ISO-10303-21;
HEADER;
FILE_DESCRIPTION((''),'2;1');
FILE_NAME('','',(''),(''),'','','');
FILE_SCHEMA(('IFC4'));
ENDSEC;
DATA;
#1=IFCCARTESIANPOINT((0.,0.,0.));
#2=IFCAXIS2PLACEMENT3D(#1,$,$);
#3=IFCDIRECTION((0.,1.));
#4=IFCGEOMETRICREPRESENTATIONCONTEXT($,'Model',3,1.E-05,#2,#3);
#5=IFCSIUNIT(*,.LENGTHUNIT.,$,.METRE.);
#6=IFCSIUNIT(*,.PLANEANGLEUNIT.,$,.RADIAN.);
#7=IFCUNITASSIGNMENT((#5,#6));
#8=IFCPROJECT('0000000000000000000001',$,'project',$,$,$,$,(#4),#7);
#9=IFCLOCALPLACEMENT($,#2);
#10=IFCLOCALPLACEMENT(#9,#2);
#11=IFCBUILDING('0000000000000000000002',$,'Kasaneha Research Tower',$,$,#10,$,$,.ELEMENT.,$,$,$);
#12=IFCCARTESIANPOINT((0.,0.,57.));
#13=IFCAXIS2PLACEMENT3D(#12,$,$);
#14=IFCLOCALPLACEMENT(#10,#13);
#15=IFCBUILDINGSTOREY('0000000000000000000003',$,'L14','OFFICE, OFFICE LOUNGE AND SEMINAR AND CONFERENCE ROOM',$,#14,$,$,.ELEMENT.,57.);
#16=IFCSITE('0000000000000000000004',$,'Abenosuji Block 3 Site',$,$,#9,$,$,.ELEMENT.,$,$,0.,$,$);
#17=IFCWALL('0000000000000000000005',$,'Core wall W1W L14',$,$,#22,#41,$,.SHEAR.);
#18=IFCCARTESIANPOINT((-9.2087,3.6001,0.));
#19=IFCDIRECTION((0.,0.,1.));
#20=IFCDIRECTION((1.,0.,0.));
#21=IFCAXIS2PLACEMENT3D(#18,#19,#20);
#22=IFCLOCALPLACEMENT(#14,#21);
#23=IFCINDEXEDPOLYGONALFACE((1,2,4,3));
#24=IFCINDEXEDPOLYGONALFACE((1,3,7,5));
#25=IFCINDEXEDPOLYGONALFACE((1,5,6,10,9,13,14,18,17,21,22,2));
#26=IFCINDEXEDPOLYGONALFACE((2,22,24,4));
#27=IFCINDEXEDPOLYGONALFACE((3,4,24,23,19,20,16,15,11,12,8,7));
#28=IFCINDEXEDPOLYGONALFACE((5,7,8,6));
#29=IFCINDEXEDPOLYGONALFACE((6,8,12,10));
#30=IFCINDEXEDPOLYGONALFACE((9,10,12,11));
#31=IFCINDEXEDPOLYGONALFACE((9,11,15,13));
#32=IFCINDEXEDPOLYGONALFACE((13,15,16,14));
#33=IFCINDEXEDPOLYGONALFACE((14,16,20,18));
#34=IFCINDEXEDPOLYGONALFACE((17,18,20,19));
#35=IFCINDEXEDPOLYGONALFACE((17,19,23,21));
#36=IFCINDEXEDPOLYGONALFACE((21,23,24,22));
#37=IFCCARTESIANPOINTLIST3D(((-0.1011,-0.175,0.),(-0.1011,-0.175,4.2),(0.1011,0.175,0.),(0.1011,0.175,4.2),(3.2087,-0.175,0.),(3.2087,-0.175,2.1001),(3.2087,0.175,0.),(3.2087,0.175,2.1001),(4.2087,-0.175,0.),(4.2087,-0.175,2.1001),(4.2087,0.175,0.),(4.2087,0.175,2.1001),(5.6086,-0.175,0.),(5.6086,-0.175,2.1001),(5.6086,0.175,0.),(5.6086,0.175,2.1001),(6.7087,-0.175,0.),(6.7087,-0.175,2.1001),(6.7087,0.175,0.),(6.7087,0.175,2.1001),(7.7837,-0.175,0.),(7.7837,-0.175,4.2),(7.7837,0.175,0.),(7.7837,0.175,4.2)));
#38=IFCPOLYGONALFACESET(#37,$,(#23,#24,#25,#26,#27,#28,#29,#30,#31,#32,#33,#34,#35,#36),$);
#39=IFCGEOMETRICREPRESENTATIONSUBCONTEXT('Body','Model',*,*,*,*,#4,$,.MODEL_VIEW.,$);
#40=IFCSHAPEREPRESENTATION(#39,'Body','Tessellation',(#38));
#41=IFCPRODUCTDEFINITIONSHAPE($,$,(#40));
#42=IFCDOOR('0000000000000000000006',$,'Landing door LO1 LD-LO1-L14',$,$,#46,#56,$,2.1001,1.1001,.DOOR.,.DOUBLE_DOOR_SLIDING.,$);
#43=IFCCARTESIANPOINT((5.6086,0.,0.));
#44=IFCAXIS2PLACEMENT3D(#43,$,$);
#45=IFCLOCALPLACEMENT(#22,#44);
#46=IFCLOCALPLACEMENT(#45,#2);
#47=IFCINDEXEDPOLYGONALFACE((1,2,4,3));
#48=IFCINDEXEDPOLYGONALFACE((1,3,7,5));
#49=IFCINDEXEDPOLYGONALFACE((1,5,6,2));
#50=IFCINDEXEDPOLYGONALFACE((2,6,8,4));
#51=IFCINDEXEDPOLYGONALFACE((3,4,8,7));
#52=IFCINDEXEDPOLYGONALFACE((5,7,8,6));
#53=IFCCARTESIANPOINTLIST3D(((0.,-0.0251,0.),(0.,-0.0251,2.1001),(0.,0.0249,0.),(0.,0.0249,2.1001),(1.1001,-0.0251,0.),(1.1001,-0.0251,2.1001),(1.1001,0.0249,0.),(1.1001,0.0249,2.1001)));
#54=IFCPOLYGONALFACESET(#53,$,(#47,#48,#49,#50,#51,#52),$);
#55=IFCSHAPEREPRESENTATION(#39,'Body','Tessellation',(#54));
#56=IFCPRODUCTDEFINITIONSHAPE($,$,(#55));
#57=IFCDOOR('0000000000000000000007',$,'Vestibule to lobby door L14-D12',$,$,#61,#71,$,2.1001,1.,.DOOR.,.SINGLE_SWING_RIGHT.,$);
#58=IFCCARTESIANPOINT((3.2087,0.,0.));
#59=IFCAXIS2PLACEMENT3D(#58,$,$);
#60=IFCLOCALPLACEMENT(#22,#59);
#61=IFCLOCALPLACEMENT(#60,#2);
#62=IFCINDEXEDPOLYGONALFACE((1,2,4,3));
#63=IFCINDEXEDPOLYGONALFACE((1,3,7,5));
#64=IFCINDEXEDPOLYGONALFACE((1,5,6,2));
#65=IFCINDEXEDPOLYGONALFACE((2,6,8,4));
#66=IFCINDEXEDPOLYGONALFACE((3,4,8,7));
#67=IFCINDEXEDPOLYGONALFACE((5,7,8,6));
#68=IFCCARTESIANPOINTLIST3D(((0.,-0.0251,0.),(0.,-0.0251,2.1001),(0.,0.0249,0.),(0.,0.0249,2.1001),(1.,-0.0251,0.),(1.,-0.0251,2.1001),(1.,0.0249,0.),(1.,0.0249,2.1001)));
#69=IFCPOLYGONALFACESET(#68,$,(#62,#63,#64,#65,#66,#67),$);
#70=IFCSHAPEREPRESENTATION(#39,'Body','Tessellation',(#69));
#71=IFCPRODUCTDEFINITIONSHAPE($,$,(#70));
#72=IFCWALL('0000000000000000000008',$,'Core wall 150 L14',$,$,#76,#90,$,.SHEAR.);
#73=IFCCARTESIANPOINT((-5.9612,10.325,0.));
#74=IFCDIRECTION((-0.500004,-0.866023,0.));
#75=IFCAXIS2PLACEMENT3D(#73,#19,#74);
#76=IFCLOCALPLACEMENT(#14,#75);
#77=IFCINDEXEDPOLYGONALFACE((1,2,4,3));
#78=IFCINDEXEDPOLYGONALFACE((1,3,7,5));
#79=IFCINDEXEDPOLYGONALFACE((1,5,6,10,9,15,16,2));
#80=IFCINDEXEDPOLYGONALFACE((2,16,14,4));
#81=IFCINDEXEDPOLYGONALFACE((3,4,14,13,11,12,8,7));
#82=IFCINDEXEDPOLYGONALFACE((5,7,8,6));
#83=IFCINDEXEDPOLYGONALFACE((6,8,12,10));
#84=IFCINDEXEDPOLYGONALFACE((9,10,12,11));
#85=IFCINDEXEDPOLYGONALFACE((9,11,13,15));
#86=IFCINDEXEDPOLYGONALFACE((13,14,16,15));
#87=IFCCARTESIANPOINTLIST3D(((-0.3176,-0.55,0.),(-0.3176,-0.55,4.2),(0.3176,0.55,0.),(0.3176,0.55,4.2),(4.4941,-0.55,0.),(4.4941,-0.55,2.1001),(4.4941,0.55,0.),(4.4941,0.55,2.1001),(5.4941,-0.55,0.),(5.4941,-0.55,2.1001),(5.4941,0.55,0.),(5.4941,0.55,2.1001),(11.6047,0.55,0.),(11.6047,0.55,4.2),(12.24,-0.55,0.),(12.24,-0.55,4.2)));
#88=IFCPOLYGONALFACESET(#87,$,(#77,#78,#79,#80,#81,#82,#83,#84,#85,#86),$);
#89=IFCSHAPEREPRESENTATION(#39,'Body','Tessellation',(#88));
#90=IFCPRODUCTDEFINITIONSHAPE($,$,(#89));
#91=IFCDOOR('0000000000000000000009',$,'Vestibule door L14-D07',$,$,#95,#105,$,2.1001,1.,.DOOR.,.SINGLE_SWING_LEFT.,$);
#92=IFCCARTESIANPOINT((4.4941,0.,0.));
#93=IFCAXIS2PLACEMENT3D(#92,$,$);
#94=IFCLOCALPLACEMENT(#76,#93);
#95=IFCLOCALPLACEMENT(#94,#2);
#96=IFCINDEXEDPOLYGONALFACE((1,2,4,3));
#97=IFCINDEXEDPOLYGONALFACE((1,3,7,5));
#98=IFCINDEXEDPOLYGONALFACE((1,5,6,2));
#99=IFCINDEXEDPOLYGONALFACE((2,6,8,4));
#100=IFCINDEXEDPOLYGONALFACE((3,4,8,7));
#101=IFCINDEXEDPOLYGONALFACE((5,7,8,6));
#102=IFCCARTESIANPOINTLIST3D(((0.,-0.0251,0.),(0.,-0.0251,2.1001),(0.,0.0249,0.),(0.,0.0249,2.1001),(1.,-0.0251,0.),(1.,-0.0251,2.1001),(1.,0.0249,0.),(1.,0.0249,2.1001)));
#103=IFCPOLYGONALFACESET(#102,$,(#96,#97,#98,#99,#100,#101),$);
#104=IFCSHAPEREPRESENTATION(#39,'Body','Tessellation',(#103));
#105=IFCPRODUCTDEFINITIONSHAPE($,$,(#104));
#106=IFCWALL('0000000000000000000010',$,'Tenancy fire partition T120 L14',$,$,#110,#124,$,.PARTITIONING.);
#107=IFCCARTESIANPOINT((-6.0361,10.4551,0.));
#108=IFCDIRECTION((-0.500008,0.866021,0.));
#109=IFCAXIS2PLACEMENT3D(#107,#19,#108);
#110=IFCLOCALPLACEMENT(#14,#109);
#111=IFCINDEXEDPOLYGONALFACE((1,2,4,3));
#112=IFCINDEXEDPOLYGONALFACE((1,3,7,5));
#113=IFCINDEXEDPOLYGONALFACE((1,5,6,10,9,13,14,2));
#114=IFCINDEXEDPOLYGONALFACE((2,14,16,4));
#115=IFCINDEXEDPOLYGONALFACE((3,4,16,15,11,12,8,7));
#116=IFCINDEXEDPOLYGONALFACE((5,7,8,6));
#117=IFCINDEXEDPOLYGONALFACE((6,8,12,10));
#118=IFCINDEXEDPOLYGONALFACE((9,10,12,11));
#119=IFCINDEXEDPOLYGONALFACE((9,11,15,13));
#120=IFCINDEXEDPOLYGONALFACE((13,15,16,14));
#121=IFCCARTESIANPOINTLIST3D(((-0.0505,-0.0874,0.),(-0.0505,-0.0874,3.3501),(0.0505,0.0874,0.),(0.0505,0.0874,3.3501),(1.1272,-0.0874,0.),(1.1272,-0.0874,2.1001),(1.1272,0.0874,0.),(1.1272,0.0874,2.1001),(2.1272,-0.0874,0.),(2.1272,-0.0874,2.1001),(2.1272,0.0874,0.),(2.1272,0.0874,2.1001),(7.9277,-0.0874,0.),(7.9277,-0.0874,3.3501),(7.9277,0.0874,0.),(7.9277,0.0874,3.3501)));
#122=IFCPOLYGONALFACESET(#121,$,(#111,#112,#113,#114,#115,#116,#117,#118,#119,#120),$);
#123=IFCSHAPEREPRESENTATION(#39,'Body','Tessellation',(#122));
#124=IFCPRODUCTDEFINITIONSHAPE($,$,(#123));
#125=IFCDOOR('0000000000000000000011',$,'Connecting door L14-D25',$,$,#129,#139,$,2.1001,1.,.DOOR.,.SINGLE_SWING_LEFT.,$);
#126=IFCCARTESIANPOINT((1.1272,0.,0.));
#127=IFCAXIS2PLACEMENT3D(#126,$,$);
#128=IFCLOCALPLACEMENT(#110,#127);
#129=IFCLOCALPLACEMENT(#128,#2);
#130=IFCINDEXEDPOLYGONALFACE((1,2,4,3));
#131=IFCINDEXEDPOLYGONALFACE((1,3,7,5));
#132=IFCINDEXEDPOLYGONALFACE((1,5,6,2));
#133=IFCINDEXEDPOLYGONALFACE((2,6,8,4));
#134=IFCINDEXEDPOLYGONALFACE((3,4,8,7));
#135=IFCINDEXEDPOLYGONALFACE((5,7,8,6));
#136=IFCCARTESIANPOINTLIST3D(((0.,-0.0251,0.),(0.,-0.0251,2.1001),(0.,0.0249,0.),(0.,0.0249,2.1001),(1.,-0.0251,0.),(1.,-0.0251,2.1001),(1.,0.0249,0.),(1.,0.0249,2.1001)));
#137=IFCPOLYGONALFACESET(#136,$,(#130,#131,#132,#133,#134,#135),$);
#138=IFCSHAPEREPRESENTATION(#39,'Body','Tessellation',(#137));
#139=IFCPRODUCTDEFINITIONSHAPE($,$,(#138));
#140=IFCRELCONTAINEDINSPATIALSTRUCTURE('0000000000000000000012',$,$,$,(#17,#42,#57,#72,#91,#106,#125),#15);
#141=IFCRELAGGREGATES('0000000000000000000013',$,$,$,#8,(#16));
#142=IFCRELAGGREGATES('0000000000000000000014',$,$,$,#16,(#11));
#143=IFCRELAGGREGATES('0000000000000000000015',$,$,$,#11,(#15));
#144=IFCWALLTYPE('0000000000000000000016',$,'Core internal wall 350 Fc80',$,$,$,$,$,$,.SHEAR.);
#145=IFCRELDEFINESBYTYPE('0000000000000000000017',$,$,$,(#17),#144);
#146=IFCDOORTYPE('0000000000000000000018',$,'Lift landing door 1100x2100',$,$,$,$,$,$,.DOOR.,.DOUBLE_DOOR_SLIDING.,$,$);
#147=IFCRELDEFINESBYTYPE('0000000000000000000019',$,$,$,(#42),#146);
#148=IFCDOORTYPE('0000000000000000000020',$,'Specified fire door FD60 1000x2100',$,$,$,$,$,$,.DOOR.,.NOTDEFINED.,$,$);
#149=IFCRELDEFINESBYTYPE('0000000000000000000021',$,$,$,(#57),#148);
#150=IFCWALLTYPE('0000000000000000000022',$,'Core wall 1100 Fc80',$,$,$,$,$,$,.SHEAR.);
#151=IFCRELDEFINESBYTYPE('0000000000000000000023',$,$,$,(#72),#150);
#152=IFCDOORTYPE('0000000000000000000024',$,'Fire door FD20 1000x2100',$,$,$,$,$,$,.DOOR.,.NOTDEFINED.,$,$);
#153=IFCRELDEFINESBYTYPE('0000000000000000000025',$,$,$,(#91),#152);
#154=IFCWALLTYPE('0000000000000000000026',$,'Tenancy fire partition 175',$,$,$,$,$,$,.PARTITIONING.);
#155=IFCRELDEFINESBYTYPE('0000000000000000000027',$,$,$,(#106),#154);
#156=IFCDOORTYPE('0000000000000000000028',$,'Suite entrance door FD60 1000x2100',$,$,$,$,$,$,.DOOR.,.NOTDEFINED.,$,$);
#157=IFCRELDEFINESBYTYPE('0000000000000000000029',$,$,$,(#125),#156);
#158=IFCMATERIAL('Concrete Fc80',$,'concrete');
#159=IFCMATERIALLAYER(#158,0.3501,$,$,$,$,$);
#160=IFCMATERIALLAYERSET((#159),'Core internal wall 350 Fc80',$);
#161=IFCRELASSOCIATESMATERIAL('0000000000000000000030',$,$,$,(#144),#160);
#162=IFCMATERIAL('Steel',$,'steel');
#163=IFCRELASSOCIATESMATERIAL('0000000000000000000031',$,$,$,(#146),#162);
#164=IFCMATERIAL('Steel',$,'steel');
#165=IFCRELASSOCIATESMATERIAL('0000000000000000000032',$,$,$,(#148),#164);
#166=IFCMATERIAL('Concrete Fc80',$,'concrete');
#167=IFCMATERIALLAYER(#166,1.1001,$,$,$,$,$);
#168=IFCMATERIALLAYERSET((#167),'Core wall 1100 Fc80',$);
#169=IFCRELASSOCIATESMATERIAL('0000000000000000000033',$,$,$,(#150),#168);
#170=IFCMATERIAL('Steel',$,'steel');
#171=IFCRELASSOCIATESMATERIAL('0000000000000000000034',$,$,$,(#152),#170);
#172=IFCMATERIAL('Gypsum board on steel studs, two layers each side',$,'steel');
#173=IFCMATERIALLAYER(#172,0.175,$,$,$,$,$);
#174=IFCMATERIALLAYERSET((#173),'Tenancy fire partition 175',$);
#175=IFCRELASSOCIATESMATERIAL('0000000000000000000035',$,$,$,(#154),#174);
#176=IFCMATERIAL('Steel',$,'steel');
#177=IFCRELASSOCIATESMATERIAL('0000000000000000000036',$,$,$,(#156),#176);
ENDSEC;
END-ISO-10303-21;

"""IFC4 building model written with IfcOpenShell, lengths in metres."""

from ifc_helpers import new_model, si_unit, direction, frame, frame_2d, origin, place, context, subcontext, project, spatial, polyline, rectangle, outline, extrude, material, layer, layer_set, type_object, element, fill, save


model = new_model("IFC4")

# Units and contexts
model_context = context("Model", 3, precision=1e-05, world=origin(), true_north=direction((0.0, 1.0)))
body_context = subcontext(model_context, "Body", "Model", "MODEL_VIEW")
ifc_project = project(units=[si_unit("LENGTHUNIT", "METRE"), si_unit("PLANEANGLEUNIT", "RADIAN")], contexts=[model_context])

# Site, building, storey
site_placement = place(None, origin())
site = spatial("IfcSite", under=ifc_project, at=site_placement, Name="Abenosuji Block 3 Site", CompositionType="ELEMENT", RefElevation=0.0)
building_placement = place(site_placement, origin())
building = spatial("IfcBuilding", under=site, at=building_placement, Name="Kasaneha Research Tower", CompositionType="ELEMENT")
storey_placement = place(building_placement, frame((0.0, 0.0, 57.0)))
storey = spatial("IfcBuildingStorey", under=building, at=storey_placement, Name="L14", Description="OFFICE, OFFICE LOUNGE AND SEMINAR AND CONFERENCE ROOM", CompositionType="ELEMENT", Elevation=57.0)

# Wall, openings, doors
ifc_material_1 = material(Name="Concrete Fc80", Category="concrete")
ifc_layer_1 = layer(ifc_material_1, 0.3501)
ifc_layer_set_1 = layer_set([ifc_layer_1], Name="Core internal wall 350 Fc80")
wall_type_1 = type_object("IfcWallType", Name="Core internal wall 350 Fc80", PredefinedType="SHEAR", material=ifc_layer_set_1)
wall_1_placement = place(storey_placement, frame((-9.2087, 3.6001, 0.0), z_axis=(0.0, 0.0, 1.0), x_axis=(1.0, 0.0, 0.0)))
wall_1 = element("IfcWall", 1, at=wall_1_placement, inside=storey, type_object=wall_type_1, Name="Core wall W1W L14", PredefinedType="SHEAR", context=body_context, shape_type="SweptSolid", body=[
    extrude(outline(polyline([(-0.1011, -0.175), (3.2087, -0.175), (4.2087, -0.175), (5.6086, -0.175), (6.7087, -0.175), (7.7837, -0.175), (7.7837, 0.175), (6.7087, 0.175), (5.6086, 0.175), (4.2087, 0.175), (3.2087, 0.175), (0.1011, 0.175), (-0.1011, -0.175)])), origin(), (0.0, 0.0, 1.0), 4.2),
])
opening_1_placement = place(wall_1_placement, frame((3.2087, 0.0, 0.0)))
opening_1 = element("IfcOpeningElement", 2, at=opening_1_placement, cuts=wall_1, PredefinedType="OPENING", context=body_context, shape_type="SweptSolid", body=[
    extrude(rectangle(XDim=1.0, YDim=2.1001, at=frame_2d((0.5, 1.05))), frame((0.0, 0.1851, 0.0), z_axis=(0.0, -1.0, 0.0), x_axis=(1.0, 0.0, 0.0)), (0.0, 0.0, 1.0), 0.3701),
])
opening_2_placement = place(wall_1_placement, frame((5.6086, 0.0, 0.0)))
opening_2 = element("IfcOpeningElement", 3, at=opening_2_placement, cuts=wall_1, PredefinedType="OPENING", context=body_context, shape_type="SweptSolid", body=[
    extrude(rectangle(XDim=1.1001, YDim=2.1001, at=frame_2d((0.55, 1.05))), frame((0.0, 0.1851, 0.0), z_axis=(0.0, -1.0, 0.0), x_axis=(1.0, 0.0, 0.0)), (0.0, 0.0, 1.0), 0.3701),
])
ifc_material_2 = material(Name="Steel", Category="steel")
door_type_1 = type_object("IfcDoorType", Name="Lift landing door 1100x2100", OperationType="DOUBLE_DOOR_SLIDING", PredefinedType="DOOR", material=ifc_material_2)
door_1_placement = place(opening_2_placement, origin())
door_1 = element("IfcDoor", 4, at=door_1_placement, inside=storey, type_object=door_type_1, Name="Landing door LO1 LD-LO1-L14", OperationType="DOUBLE_DOOR_SLIDING", OverallHeight=2.1001, OverallWidth=1.1001, PredefinedType="DOOR", context=body_context, shape_type="SweptSolid", body=[
    extrude(rectangle(XDim=1.1001, YDim=2.1001, at=frame_2d((0.55, 1.05))), frame((0.0, 0.0249, 0.0), z_axis=(0.0, -1.0, 0.0), x_axis=(1.0, 0.0, 0.0)), (0.0, 0.0, 1.0), 0.05),
])
fill(opening_2, door_1)
ifc_material_3 = material(Name="Steel", Category="steel")
door_type_2 = type_object("IfcDoorType", Name="Specified fire door FD60 1000x2100", OperationType="NOTDEFINED", PredefinedType="DOOR", material=ifc_material_3)
door_2_placement = place(opening_1_placement, origin())
door_2 = element("IfcDoor", 5, at=door_2_placement, inside=storey, type_object=door_type_2, Name="Vestibule to lobby door L14-D12", OperationType="SINGLE_SWING_RIGHT", OverallHeight=2.1001, OverallWidth=1.0, PredefinedType="DOOR", context=body_context, shape_type="SweptSolid", body=[
    extrude(rectangle(XDim=1.0, YDim=2.1001, at=frame_2d((0.5, 1.05))), frame((0.0, 0.0249, 0.0), z_axis=(0.0, -1.0, 0.0), x_axis=(1.0, 0.0, 0.0)), (0.0, 0.0, 1.0), 0.05),
])
fill(opening_1, door_2)

# Walls, openings, doors
ifc_material_4 = material(Name="Concrete Fc80", Category="concrete")
ifc_layer_2 = layer(ifc_material_4, 1.1001)
ifc_layer_set_2 = layer_set([ifc_layer_2], Name="Core wall 1100 Fc80")
wall_type_2 = type_object("IfcWallType", Name="Core wall 1100 Fc80", PredefinedType="SHEAR", material=ifc_layer_set_2)
wall_2_placement = place(storey_placement, frame((-5.9612, 10.325, 0.0), z_axis=(0.0, 0.0, 1.0), x_axis=(-0.500004, -0.866023, 0.0)))
wall_2 = element("IfcWall", 6, at=wall_2_placement, inside=storey, type_object=wall_type_2, Name="Core wall 150 L14", PredefinedType="SHEAR", context=body_context, shape_type="SweptSolid", body=[
    extrude(outline(polyline([(-0.3176, -0.55), (4.4941, -0.55), (5.4941, -0.55), (12.24, -0.55), (11.6047, 0.55), (5.4941, 0.55), (4.4941, 0.55), (0.3176, 0.55), (-0.3176, -0.55)])), origin(), (0.0, 0.0, 1.0), 4.2),
])
opening_3_placement = place(wall_2_placement, frame((4.4941, 0.0, 0.0)))
opening_3 = element("IfcOpeningElement", 7, at=opening_3_placement, cuts=wall_2, PredefinedType="OPENING", context=body_context, shape_type="SweptSolid", body=[
    extrude(rectangle(XDim=1.0, YDim=2.1001, at=frame_2d((0.5, 1.05))), frame((0.0, 0.5601, 0.0), z_axis=(0.0, -1.0, 0.0), x_axis=(1.0, 0.0, 0.0)), (0.0, 0.0, 1.0), 1.1201),
])
ifc_material_5 = material(Name="Steel", Category="steel")
door_type_3 = type_object("IfcDoorType", Name="Fire door FD20 1000x2100", OperationType="NOTDEFINED", PredefinedType="DOOR", material=ifc_material_5)
door_3_placement = place(opening_3_placement, origin())
door_3 = element("IfcDoor", 8, at=door_3_placement, inside=storey, type_object=door_type_3, Name="Vestibule door L14-D07", OperationType="SINGLE_SWING_LEFT", OverallHeight=2.1001, OverallWidth=1.0, PredefinedType="DOOR", context=body_context, shape_type="SweptSolid", body=[
    extrude(rectangle(XDim=1.0, YDim=2.1001, at=frame_2d((0.5, 1.05))), frame((0.0, 0.0249, 0.0), z_axis=(0.0, -1.0, 0.0), x_axis=(1.0, 0.0, 0.0)), (0.0, 0.0, 1.0), 0.05),
])
fill(opening_3, door_3)
ifc_material_6 = material(Name="Gypsum board on steel studs, two layers each side", Category="steel")
ifc_layer_3 = layer(ifc_material_6, 0.175)
ifc_layer_set_3 = layer_set([ifc_layer_3], Name="Tenancy fire partition 175")
wall_type_3 = type_object("IfcWallType", Name="Tenancy fire partition 175", PredefinedType="PARTITIONING", material=ifc_layer_set_3)
wall_3_placement = place(storey_placement, frame((-6.0361, 10.4551, 0.0), z_axis=(0.0, 0.0, 1.0), x_axis=(-0.500008, 0.866021, 0.0)))
wall_3 = element("IfcWall", 9, at=wall_3_placement, inside=storey, type_object=wall_type_3, Name="Tenancy fire partition T120 L14", PredefinedType="PARTITIONING", context=body_context, shape_type="SweptSolid", body=[
    extrude(outline(polyline([(-0.0505, -0.0874), (1.1272, -0.0874), (2.1272, -0.0874), (7.9277, -0.0874), (7.9277, 0.0874), (2.1272, 0.0874), (1.1272, 0.0874), (0.0505, 0.0874), (-0.0505, -0.0874)])), origin(), (0.0, 0.0, 1.0), 3.3501),
])
opening_4_placement = place(wall_3_placement, frame((1.1272, 0.0, 0.0)))
opening_4 = element("IfcOpeningElement", 10, at=opening_4_placement, cuts=wall_3, PredefinedType="OPENING", context=body_context, shape_type="SweptSolid", body=[
    extrude(rectangle(XDim=1.0, YDim=2.1001, at=frame_2d((0.5, 1.05))), frame((0.0, 0.0977, 0.0), z_axis=(0.0, -1.0, 0.0), x_axis=(1.0, 0.0, 0.0)), (0.0, 0.0, 1.0), 0.1951),
])
ifc_material_7 = material(Name="Steel", Category="steel")
door_type_4 = type_object("IfcDoorType", Name="Suite entrance door FD60 1000x2100", OperationType="NOTDEFINED", PredefinedType="DOOR", material=ifc_material_7)
door_4_placement = place(opening_4_placement, origin())
door_4 = element("IfcDoor", 11, at=door_4_placement, inside=storey, type_object=door_type_4, Name="Connecting door L14-D25", OperationType="SINGLE_SWING_LEFT", OverallHeight=2.1001, OverallWidth=1.0, PredefinedType="DOOR", context=body_context, shape_type="SweptSolid", body=[
    extrude(rectangle(XDim=1.0, YDim=2.1001, at=frame_2d((0.5, 1.05))), frame((0.0, 0.0249, 0.0), z_axis=(0.0, -1.0, 0.0), x_axis=(1.0, 0.0, 0.0)), (0.0, 0.0, 1.0), 0.05),
])
fill(opening_4, door_4)

save(model, "model.ifc")
